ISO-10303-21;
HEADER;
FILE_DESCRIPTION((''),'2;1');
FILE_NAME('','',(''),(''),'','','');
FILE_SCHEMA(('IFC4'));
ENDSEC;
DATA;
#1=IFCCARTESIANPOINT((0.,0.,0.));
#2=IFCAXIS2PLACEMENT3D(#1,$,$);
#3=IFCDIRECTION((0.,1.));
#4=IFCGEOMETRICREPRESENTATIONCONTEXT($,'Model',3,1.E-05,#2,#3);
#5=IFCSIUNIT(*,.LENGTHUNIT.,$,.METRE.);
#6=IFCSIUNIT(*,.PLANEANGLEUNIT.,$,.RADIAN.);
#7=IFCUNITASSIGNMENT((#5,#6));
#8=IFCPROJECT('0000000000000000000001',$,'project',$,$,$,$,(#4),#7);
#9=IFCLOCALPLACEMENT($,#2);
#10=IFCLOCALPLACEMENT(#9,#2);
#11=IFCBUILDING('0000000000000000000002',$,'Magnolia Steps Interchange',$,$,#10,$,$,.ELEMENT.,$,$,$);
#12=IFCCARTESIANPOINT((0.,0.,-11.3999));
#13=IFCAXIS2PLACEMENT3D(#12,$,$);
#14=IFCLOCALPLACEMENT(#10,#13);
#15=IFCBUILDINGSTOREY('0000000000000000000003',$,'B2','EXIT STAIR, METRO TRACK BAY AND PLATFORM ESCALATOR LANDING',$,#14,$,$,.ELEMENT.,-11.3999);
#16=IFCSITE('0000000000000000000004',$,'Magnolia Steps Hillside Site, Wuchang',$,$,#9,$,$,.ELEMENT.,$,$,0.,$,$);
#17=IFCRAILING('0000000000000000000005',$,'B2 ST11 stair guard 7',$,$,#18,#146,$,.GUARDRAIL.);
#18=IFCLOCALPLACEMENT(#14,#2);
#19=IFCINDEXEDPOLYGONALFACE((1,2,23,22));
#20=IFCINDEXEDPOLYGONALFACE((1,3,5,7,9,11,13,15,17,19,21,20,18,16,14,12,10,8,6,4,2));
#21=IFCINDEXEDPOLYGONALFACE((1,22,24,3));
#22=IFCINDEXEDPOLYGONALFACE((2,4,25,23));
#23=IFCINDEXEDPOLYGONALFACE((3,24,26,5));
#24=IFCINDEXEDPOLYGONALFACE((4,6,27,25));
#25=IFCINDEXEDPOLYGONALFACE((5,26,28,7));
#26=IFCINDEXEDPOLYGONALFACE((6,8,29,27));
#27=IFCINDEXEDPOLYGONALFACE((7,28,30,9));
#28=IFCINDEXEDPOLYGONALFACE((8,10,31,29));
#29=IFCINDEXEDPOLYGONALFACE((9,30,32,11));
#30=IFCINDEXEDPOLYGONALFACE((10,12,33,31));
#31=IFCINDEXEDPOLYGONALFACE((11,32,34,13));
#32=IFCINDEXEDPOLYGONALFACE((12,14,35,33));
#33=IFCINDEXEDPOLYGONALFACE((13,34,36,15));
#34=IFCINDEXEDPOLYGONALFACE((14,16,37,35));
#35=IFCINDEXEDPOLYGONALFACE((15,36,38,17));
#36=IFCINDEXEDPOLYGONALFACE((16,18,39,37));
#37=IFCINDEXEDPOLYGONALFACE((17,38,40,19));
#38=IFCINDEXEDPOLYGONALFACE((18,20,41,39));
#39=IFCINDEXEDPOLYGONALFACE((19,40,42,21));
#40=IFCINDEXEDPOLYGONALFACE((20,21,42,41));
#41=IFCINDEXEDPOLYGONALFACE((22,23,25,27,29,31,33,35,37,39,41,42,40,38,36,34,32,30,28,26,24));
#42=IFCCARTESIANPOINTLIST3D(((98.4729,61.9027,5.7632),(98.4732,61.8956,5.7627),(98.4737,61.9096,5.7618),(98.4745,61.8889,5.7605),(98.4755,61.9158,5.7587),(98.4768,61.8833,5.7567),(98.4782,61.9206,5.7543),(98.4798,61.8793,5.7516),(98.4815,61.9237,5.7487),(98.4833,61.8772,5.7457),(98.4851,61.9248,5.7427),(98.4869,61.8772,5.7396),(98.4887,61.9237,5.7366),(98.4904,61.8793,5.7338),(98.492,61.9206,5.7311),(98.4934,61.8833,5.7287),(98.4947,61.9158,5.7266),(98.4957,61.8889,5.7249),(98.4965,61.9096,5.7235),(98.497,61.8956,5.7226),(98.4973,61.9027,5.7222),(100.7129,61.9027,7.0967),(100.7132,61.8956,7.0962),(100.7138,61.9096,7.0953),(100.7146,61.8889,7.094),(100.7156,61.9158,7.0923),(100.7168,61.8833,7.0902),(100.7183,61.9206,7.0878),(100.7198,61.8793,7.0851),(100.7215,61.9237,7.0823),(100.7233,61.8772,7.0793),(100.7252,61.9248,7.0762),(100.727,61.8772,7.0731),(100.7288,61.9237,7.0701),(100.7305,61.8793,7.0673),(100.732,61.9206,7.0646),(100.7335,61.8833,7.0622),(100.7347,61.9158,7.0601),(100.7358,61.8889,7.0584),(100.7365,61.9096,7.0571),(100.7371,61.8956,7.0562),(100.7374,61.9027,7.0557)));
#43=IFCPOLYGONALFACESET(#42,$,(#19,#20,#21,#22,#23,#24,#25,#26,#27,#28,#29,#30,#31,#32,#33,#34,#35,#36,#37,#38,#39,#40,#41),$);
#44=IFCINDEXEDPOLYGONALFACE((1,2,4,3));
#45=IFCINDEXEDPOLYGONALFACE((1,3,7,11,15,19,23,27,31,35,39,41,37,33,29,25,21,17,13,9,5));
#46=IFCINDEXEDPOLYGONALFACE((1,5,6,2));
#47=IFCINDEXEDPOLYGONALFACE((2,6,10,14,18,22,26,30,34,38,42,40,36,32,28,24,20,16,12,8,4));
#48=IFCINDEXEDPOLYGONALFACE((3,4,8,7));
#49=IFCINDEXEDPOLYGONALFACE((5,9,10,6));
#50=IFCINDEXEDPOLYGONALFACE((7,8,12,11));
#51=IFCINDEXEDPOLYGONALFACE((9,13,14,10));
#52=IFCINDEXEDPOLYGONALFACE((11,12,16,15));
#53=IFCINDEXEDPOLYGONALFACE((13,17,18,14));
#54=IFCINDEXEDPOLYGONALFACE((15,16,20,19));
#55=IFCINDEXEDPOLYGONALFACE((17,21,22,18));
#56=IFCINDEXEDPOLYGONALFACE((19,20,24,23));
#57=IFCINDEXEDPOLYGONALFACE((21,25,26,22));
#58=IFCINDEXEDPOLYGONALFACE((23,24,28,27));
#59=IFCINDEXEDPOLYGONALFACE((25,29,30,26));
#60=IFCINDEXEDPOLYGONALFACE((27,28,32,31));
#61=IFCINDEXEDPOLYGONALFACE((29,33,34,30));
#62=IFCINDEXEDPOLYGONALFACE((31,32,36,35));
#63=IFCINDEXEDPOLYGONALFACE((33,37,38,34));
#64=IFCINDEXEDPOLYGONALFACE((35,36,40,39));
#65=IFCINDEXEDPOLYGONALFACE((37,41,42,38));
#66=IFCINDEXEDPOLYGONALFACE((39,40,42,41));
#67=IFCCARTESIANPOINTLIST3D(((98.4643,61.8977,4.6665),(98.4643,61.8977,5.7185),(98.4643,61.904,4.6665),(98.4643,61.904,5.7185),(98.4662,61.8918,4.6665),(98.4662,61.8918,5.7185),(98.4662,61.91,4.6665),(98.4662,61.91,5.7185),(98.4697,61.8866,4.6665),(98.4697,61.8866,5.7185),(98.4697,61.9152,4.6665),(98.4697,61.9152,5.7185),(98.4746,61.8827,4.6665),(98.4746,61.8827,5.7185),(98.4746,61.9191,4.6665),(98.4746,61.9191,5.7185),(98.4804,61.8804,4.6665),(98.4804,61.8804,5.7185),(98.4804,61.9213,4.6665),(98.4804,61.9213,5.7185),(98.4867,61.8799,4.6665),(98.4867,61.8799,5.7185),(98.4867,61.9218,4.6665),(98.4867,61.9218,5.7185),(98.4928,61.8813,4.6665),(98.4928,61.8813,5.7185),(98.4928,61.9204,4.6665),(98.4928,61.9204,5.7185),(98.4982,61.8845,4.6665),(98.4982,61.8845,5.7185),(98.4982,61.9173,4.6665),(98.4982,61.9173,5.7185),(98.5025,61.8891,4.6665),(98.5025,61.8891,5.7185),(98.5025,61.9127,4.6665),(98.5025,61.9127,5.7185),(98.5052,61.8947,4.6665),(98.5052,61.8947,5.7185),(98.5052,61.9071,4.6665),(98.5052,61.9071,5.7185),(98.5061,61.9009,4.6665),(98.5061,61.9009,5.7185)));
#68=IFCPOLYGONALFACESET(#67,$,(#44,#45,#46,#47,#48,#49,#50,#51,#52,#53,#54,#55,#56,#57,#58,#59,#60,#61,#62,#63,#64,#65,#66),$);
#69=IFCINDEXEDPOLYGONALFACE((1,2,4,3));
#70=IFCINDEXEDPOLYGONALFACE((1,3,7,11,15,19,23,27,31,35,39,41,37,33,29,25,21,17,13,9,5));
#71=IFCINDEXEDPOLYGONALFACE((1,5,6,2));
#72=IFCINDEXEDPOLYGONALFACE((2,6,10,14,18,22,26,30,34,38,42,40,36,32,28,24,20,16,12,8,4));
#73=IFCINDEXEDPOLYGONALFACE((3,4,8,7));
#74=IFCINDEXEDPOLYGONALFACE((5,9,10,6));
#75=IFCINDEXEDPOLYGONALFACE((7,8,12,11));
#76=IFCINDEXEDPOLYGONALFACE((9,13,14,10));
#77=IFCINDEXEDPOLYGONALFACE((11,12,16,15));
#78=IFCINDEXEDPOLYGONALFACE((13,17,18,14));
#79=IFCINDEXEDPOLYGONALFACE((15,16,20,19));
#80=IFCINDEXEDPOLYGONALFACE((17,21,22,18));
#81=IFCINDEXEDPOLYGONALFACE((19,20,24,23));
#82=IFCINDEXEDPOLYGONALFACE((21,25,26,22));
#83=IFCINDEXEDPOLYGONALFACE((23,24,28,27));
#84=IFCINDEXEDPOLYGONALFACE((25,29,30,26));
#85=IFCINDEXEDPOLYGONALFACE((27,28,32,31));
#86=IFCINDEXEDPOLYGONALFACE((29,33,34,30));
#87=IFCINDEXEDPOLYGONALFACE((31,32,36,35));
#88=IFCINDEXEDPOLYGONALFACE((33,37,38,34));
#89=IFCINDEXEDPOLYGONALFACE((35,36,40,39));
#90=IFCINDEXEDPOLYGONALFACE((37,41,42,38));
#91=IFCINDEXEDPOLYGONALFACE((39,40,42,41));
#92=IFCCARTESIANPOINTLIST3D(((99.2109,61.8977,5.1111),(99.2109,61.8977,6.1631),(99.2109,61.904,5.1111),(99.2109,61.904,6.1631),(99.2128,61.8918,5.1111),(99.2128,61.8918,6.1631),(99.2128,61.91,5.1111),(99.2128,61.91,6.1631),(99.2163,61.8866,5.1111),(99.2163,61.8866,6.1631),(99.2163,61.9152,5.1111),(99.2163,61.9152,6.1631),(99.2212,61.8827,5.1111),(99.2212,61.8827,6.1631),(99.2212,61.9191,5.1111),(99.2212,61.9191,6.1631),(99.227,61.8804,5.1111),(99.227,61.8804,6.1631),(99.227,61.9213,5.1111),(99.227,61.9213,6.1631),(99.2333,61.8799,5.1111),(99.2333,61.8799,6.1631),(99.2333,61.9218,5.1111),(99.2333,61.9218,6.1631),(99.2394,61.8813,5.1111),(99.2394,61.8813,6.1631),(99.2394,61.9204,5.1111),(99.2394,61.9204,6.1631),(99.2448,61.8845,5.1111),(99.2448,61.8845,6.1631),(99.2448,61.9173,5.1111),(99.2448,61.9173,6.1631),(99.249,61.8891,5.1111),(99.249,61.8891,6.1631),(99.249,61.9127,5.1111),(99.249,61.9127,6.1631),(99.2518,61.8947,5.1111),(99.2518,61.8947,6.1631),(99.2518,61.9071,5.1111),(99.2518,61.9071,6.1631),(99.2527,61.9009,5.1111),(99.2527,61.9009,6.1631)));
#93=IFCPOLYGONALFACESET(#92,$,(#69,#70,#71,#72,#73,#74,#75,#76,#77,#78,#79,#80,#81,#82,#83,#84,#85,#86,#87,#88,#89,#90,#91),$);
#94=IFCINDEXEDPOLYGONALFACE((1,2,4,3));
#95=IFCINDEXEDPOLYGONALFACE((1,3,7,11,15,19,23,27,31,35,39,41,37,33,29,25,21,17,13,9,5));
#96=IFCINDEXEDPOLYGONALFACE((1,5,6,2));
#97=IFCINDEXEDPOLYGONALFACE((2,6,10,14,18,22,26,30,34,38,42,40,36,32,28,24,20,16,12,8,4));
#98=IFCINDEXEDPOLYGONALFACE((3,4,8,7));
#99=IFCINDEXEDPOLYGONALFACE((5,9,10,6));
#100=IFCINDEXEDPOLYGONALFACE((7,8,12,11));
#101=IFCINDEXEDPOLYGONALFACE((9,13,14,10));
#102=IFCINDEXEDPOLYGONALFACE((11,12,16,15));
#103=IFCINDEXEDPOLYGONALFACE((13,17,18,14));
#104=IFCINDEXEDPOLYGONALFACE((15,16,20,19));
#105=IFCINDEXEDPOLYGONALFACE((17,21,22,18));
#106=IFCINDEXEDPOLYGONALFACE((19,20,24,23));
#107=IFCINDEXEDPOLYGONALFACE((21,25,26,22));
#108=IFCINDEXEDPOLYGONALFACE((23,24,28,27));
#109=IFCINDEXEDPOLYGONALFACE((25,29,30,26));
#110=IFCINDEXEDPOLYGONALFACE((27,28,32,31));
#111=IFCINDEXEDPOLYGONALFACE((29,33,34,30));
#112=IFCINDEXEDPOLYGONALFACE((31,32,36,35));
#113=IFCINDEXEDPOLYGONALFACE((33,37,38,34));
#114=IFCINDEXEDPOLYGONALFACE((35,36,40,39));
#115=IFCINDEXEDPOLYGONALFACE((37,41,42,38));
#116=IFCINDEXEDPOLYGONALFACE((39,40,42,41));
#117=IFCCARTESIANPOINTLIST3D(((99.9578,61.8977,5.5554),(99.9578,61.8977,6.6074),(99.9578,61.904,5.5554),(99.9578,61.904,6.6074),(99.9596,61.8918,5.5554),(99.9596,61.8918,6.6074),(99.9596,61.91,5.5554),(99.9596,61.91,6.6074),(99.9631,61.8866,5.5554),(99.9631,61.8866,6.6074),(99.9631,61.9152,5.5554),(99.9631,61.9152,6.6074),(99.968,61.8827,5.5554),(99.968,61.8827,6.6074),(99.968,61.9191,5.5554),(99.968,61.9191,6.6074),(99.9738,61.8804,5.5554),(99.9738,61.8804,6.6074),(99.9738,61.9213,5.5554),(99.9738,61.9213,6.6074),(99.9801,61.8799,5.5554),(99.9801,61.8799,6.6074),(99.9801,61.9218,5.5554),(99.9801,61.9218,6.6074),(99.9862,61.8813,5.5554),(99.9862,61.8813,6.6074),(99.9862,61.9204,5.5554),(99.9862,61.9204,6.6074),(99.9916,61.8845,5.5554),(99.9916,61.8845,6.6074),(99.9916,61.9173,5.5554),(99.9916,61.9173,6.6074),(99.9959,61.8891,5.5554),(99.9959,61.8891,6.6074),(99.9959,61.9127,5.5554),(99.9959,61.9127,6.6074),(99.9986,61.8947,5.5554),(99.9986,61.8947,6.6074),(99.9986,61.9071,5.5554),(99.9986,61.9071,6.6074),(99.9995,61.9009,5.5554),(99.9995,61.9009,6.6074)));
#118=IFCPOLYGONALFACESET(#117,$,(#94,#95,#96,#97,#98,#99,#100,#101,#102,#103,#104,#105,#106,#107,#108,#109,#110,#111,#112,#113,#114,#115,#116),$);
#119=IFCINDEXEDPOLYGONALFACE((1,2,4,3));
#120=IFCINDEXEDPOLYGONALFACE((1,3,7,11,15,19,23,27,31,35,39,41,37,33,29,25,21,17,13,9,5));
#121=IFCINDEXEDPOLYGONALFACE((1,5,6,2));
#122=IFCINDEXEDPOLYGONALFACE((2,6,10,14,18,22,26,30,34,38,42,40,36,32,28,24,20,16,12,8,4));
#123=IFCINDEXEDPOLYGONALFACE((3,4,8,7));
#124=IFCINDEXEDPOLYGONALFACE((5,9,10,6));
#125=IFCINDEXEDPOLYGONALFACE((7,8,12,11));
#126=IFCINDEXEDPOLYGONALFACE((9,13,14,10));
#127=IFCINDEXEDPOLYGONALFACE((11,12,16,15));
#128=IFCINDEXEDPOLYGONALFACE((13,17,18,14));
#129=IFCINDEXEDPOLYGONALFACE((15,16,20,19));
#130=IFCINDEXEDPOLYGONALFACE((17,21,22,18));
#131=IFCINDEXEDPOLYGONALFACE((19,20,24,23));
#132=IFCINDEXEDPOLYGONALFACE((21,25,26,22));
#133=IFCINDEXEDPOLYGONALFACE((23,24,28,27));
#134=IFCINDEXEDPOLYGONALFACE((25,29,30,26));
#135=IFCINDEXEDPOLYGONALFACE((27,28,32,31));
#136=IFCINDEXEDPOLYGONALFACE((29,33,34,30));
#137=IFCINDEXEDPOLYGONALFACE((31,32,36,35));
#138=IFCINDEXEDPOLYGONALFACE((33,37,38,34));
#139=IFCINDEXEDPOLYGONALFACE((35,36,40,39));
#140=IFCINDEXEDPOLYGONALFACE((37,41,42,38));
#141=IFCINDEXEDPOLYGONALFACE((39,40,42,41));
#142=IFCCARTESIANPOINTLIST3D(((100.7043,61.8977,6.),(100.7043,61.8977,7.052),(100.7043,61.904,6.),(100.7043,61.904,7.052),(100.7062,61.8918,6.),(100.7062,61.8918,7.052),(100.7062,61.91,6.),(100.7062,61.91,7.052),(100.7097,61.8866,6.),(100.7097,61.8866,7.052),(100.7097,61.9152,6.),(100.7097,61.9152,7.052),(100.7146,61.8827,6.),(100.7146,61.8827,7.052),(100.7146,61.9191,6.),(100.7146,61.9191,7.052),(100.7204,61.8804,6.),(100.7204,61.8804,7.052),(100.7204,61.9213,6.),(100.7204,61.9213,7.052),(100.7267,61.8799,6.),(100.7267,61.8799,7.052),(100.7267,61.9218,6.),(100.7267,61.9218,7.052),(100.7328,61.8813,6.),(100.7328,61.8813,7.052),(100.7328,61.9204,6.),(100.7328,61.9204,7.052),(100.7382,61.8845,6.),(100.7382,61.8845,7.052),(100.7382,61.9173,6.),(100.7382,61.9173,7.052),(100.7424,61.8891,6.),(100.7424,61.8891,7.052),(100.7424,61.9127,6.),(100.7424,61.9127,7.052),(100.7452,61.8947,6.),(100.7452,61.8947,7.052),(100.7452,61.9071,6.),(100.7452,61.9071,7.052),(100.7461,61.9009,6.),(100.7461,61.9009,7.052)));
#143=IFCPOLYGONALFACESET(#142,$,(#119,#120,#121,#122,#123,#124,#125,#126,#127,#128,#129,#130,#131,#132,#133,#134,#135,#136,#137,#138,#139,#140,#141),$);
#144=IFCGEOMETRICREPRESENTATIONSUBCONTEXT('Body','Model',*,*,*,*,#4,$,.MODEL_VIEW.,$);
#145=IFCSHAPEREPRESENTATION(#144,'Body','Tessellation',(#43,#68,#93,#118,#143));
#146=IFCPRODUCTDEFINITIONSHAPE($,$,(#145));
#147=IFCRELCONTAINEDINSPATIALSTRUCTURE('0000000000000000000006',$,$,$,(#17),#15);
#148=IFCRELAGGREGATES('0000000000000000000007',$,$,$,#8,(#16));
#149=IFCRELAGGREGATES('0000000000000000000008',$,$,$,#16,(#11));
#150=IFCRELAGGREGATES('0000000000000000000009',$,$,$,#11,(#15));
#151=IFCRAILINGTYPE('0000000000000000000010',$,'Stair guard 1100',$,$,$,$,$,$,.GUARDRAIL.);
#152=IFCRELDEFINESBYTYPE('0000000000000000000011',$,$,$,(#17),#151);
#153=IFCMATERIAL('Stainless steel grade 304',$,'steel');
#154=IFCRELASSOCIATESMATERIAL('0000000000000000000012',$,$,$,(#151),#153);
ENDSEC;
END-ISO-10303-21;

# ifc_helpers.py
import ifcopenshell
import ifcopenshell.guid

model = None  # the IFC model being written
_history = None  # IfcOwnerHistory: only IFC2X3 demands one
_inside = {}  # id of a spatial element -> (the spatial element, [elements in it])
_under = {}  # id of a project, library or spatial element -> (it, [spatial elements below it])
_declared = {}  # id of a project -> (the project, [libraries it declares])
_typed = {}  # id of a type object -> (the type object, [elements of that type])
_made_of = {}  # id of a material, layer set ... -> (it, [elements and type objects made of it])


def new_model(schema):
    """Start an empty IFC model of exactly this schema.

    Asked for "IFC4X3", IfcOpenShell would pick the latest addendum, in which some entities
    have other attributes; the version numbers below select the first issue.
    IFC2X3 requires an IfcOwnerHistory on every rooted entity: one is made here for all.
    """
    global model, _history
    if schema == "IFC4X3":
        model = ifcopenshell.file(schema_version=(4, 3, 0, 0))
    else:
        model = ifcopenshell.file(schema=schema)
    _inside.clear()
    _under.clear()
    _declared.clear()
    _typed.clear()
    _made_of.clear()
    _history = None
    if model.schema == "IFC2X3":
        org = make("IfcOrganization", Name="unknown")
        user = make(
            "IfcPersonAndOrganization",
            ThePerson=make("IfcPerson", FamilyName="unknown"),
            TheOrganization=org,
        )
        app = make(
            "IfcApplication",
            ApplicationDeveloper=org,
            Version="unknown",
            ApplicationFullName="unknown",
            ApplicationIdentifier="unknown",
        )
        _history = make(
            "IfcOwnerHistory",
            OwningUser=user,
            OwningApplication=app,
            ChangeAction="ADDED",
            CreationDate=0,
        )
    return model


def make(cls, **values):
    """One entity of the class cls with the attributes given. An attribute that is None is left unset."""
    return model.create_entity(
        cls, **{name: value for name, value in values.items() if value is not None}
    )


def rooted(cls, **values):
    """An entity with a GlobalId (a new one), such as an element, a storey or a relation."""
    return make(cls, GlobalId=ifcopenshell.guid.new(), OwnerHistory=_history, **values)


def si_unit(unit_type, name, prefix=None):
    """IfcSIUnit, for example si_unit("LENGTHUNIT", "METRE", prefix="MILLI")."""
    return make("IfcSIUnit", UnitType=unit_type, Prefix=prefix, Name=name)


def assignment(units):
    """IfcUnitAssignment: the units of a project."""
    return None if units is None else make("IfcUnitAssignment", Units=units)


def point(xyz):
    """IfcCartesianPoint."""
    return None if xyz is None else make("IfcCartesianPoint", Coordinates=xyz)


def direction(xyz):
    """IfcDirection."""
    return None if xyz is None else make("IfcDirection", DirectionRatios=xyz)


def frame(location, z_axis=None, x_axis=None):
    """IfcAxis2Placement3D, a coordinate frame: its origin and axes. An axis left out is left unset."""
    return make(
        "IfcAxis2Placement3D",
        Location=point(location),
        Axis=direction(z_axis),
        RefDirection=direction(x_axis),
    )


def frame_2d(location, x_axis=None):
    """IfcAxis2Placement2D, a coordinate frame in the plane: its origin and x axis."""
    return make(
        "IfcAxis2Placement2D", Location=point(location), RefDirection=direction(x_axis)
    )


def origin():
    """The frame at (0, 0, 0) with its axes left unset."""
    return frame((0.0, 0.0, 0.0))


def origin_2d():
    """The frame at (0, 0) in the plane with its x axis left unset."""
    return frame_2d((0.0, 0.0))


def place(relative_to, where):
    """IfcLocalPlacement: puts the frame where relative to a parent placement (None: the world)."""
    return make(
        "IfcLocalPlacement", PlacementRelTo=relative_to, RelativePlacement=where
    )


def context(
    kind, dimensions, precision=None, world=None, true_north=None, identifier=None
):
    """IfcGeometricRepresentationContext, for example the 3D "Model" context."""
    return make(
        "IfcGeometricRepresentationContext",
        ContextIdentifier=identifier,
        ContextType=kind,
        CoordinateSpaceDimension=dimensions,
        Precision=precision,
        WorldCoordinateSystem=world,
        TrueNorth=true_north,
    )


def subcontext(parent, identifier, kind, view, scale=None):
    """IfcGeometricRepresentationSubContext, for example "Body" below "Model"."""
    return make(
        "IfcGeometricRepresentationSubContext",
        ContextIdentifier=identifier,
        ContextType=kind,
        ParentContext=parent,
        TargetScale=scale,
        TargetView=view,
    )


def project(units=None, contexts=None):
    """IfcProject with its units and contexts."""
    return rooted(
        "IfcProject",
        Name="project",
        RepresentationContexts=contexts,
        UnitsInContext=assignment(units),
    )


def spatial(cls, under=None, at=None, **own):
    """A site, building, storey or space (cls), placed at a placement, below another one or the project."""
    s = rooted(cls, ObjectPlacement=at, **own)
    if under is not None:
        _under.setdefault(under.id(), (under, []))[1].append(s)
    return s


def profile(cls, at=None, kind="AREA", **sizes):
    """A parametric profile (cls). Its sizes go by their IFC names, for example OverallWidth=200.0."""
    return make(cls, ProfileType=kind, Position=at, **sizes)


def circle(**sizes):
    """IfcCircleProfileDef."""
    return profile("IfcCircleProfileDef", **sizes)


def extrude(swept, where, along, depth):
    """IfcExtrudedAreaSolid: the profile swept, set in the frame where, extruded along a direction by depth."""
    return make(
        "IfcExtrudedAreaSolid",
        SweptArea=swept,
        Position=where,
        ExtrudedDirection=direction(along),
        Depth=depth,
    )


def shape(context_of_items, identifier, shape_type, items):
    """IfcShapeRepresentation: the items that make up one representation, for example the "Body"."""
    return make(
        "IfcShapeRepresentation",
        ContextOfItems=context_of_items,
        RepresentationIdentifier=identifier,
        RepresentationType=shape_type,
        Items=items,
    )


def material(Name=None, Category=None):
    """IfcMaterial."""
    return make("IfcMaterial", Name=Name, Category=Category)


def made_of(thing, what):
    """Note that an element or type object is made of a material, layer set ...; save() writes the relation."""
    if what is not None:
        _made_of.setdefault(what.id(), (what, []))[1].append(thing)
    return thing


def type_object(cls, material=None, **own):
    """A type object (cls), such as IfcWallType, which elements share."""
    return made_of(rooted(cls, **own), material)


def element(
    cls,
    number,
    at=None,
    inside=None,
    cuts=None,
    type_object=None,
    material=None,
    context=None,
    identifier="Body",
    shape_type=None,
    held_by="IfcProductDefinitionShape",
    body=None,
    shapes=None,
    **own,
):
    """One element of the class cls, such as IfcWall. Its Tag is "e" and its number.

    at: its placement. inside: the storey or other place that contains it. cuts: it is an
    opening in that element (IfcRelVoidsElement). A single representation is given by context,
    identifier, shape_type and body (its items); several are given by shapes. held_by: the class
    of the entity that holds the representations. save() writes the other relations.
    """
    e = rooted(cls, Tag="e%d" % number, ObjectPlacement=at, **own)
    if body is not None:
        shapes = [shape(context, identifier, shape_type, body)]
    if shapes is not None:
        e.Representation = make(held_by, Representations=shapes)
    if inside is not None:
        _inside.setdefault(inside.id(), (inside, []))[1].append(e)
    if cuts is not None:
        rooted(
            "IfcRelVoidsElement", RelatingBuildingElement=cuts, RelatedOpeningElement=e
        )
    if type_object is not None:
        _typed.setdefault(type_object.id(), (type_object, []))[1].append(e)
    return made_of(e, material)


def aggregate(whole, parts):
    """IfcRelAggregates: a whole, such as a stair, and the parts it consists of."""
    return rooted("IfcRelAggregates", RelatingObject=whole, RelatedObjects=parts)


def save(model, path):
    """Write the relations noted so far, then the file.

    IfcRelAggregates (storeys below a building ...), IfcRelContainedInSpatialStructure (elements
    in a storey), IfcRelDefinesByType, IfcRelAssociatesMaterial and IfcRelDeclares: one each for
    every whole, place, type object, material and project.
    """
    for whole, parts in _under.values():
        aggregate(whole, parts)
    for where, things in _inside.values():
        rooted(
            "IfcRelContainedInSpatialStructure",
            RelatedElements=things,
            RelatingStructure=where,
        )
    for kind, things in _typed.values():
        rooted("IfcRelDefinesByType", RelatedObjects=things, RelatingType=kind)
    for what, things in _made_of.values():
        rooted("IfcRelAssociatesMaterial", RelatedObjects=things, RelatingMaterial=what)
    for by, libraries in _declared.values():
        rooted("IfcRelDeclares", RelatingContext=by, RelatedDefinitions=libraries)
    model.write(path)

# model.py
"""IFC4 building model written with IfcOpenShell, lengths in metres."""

from ifc_helpers import new_model, si_unit, direction, frame, origin, origin_2d, place, context, subcontext, project, spatial, circle, extrude, material, type_object, element, save


model = new_model("IFC4")

# Units and contexts
model_context = context("Model", 3, precision=1e-05, world=origin(), true_north=direction((0.0, 1.0)))
body_context = subcontext(model_context, "Body", "Model", "MODEL_VIEW")
ifc_project = project(units=[si_unit("LENGTHUNIT", "METRE"), si_unit("PLANEANGLEUNIT", "RADIAN")], contexts=[model_context])

# Site, building, storey
site_placement = place(None, origin())
site = spatial("IfcSite", under=ifc_project, at=site_placement, Name="Magnolia Steps Hillside Site, Wuchang", CompositionType="ELEMENT", RefElevation=0.0)
building_placement = place(site_placement, origin())
building = spatial("IfcBuilding", under=site, at=building_placement, Name="Magnolia Steps Interchange", CompositionType="ELEMENT")
storey_placement = place(building_placement, frame((0.0, 0.0, -11.3999)))
storey = spatial("IfcBuildingStorey", under=building, at=storey_placement, Name="B2", Description="EXIT STAIR, METRO TRACK BAY AND PLATFORM ESCALATOR LANDING", CompositionType="ELEMENT", Elevation=-11.3999)

# Railing
ifc_material_1 = material(Name="Stainless steel grade 304", Category="steel")
railing_type_1 = type_object("IfcRailingType", Name="Stair guard 1100", PredefinedType="GUARDRAIL", material=ifc_material_1)
railing_1_placement = place(storey_placement, frame((98.4851, 61.9009, 4.6665)))
element("IfcRailing", 1, at=railing_1_placement, inside=storey, type_object=railing_type_1, Name="B2 ST11 stair guard 7", PredefinedType="GUARDRAIL", context=body_context, shape_type="SweptSolid", body=[
    extrude(circle(Radius=0.0239, at=origin_2d()), frame((0.0, 0.0, 1.0762), z_axis=(0.859264, 0.0, 0.511532), x_axis=(0.0, 1.0, 0.0)), (0.0, 0.0, 1.0), 2.6069),
    extrude(circle(Radius=0.021, at=origin_2d()), origin(), (0.0, 0.0, 1.0), 1.052),
    extrude(circle(Radius=0.021, at=origin_2d()), frame((0.7466, 0.0, 0.4446)), (0.0, 0.0, 1.0), 1.052),
    extrude(circle(Radius=0.021, at=origin_2d()), frame((1.4934, 0.0, 0.8889)), (0.0, 0.0, 1.0), 1.052),
    extrude(circle(Radius=0.021, at=origin_2d()), frame((2.24, 0.0, 1.3335)), (0.0, 0.0, 1.0), 1.052),
])

save(model, "model.ifc")
